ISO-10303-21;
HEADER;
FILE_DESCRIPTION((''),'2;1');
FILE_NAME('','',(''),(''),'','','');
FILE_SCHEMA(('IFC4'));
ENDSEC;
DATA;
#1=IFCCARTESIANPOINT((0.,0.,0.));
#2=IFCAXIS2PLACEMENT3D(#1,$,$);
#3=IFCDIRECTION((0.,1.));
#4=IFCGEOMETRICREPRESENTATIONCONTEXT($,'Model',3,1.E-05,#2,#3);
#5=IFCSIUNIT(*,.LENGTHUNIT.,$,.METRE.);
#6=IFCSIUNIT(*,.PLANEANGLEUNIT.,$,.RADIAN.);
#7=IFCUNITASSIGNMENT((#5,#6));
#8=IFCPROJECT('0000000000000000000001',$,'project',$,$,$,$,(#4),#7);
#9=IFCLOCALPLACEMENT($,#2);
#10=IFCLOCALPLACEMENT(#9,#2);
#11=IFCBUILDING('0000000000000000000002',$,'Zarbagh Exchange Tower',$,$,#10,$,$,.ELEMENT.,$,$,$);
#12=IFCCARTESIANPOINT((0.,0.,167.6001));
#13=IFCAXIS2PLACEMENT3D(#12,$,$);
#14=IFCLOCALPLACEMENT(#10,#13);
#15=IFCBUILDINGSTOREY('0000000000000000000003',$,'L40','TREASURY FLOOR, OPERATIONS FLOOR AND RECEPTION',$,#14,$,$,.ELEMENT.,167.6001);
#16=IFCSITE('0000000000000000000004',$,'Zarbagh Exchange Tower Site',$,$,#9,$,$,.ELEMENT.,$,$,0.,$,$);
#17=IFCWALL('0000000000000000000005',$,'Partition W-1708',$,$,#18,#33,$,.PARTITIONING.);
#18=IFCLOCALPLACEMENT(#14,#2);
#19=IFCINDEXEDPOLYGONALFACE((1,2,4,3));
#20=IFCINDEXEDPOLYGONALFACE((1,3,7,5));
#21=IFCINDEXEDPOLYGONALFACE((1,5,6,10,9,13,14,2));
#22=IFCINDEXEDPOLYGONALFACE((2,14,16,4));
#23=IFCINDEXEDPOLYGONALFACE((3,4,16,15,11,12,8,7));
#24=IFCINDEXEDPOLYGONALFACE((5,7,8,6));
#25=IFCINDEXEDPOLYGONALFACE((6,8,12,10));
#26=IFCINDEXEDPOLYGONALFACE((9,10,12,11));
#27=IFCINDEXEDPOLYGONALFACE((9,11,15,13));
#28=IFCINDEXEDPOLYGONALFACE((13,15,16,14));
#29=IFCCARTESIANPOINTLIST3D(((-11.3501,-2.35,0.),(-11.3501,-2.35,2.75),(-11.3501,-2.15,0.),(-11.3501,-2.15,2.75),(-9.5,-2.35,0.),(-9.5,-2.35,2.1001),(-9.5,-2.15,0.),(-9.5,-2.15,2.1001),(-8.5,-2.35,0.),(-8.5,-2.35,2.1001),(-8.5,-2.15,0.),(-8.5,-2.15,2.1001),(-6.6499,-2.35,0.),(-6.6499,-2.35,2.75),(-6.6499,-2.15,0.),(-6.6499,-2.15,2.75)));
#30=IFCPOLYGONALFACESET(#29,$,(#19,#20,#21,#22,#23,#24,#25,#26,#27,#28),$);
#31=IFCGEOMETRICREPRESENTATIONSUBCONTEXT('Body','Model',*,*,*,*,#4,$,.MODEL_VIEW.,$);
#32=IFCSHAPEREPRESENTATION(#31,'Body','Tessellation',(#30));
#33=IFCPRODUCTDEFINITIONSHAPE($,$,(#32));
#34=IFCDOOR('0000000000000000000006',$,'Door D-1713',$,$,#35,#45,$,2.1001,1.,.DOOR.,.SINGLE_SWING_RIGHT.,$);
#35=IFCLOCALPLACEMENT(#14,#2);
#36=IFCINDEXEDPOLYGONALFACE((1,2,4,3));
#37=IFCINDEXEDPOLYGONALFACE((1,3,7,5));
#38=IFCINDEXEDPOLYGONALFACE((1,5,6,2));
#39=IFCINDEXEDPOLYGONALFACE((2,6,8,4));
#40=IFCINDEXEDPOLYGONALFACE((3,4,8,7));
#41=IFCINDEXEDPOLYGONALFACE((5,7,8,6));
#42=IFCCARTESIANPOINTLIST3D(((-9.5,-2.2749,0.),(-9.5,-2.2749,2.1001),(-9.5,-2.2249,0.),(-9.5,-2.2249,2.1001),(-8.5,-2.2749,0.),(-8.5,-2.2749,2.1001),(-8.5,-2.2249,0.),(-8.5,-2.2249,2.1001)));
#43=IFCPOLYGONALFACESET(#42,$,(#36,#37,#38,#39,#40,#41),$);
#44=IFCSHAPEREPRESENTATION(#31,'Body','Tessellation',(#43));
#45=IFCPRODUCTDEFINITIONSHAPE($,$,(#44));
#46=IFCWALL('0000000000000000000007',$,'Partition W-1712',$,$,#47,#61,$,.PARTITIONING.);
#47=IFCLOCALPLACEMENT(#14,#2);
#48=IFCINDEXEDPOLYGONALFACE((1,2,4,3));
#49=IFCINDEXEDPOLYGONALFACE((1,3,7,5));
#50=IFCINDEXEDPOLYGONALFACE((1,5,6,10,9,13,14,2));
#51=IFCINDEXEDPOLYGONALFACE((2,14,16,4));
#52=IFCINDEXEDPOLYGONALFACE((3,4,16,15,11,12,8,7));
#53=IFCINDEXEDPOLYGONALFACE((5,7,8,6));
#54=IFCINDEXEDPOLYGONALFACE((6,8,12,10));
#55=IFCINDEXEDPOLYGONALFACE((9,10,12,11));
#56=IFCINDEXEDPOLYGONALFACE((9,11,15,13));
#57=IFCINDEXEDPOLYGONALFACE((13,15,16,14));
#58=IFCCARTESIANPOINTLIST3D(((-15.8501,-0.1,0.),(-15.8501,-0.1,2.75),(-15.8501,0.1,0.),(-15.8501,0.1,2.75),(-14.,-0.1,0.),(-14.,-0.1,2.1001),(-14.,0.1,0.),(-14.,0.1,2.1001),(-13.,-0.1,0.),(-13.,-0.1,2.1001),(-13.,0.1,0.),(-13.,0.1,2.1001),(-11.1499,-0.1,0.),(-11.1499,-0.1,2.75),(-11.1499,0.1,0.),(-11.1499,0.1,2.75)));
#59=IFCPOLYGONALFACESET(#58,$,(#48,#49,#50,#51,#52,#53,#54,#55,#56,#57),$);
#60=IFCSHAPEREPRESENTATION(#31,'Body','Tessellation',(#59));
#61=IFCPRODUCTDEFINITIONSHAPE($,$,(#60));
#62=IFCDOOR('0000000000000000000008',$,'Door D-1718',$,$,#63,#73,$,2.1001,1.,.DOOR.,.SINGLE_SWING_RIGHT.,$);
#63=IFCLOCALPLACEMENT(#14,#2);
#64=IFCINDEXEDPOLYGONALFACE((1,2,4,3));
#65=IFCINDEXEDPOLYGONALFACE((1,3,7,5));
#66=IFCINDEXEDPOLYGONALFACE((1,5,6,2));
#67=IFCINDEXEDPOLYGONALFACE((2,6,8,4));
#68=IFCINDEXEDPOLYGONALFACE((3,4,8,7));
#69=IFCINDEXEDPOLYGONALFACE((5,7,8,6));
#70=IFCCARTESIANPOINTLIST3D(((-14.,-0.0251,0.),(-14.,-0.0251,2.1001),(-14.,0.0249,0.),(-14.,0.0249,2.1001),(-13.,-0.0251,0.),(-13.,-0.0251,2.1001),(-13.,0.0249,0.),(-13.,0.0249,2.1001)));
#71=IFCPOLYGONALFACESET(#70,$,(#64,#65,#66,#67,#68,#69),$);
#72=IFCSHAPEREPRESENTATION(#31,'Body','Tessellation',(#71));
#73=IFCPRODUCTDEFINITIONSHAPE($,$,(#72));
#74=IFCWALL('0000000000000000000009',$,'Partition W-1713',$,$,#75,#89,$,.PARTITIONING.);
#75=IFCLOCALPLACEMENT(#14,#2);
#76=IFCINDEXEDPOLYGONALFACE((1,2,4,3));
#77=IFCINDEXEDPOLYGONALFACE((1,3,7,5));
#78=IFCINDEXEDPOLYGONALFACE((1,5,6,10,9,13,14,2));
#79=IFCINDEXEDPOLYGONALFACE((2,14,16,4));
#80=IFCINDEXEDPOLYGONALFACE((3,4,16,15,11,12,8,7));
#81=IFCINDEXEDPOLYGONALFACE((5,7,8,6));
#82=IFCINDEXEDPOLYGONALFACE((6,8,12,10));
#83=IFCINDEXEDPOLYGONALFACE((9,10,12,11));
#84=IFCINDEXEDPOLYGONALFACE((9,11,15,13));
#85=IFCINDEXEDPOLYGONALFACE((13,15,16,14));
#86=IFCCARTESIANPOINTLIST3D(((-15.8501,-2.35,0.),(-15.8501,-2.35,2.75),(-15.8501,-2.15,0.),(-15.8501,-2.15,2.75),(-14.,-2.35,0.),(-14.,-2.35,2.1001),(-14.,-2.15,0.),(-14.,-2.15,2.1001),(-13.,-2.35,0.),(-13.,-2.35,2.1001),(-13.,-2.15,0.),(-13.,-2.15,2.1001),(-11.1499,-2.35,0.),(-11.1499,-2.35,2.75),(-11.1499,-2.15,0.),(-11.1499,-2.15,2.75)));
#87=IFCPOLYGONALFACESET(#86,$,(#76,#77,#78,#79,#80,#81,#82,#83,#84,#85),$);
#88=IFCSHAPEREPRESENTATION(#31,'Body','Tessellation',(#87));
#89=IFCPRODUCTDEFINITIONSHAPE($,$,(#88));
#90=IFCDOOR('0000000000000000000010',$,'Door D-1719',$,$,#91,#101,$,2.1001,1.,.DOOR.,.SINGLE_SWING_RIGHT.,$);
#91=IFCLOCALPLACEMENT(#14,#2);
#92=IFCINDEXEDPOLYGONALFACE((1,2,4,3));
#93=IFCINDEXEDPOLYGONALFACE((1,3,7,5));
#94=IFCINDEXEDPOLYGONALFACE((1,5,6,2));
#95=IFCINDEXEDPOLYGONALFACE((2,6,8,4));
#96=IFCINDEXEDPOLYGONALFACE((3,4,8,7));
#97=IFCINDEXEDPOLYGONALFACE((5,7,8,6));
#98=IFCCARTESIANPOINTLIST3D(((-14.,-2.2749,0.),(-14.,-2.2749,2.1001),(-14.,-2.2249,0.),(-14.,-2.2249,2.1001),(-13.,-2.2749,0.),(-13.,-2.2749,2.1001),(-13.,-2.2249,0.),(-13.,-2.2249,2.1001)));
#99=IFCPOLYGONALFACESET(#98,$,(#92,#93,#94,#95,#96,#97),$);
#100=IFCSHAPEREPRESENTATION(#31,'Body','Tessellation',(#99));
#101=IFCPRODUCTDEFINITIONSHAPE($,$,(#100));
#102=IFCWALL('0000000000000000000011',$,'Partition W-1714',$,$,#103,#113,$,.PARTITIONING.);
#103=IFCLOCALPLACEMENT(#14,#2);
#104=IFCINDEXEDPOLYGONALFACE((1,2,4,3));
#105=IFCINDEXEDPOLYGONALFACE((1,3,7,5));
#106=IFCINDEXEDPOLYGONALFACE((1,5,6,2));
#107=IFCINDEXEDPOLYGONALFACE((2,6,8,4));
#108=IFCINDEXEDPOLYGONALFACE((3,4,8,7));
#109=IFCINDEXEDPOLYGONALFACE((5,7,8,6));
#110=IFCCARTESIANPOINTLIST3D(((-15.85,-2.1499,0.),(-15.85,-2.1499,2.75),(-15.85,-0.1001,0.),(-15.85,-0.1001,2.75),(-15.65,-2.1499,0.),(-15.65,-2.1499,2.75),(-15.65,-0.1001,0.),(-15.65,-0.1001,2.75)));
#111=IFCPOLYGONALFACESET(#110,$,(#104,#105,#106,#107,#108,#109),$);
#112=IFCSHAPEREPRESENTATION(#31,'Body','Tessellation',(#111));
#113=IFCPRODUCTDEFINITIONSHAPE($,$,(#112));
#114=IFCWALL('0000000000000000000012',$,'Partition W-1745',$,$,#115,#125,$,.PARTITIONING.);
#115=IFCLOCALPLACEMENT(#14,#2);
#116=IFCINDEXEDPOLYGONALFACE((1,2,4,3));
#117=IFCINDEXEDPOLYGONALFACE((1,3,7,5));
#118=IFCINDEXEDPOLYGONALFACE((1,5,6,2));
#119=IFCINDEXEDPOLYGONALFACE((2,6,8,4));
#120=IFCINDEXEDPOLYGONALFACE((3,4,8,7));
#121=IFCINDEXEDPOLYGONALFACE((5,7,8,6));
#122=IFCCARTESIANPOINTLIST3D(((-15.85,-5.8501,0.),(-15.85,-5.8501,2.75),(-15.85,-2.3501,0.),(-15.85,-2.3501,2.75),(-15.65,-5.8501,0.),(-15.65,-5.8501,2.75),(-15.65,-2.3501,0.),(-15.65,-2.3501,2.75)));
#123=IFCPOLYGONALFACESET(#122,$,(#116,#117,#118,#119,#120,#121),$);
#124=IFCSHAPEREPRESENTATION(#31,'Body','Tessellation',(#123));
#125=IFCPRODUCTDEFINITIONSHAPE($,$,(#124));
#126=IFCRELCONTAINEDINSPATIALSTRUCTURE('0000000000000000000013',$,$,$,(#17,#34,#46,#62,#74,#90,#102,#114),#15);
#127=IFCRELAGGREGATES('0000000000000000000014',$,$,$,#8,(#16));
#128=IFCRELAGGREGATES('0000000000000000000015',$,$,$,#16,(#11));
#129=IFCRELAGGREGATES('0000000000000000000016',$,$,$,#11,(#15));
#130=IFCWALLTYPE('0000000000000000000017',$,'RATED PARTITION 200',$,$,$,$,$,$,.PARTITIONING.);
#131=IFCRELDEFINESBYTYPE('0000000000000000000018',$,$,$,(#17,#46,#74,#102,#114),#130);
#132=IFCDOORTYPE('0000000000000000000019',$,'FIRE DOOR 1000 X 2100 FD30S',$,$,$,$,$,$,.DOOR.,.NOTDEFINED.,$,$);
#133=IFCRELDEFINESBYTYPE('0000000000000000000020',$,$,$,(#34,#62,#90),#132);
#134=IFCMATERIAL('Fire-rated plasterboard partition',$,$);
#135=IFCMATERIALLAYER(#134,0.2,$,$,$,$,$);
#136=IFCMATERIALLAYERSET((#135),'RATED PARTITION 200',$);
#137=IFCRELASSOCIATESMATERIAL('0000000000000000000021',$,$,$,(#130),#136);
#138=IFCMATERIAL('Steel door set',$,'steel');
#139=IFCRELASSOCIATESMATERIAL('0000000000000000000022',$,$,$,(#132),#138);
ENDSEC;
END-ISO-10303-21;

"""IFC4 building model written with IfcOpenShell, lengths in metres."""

from ifc_helpers import new_model, si_unit, direction, frame, frame_2d, origin, place, context, subcontext, project, spatial, rectangle, extrude, material, layer, layer_set, type_object, element, fill, save


model = new_model("IFC4")

# Units and contexts
model_context = context("Model", 3, precision=1e-05, world=origin(), true_north=direction((0.0, 1.0)))
body_context = subcontext(model_context, "Body", "Model", "MODEL_VIEW")
ifc_project = project(units=[si_unit("LENGTHUNIT", "METRE"), si_unit("PLANEANGLEUNIT", "RADIAN")], contexts=[model_context])

# Site, building, storey
site_placement = place(None, origin())
site = spatial("IfcSite", under=ifc_project, at=site_placement, Name="Zarbagh Exchange Tower Site", CompositionType="ELEMENT", RefElevation=0.0)
building_placement = place(site_placement, origin())
building = spatial("IfcBuilding", under=site, at=building_placement, Name="Zarbagh Exchange Tower", CompositionType="ELEMENT")
storey_placement = place(building_placement, frame((0.0, 0.0, 167.6001)))
storey = spatial("IfcBuildingStorey", under=building, at=storey_placement, Name="L40", Description="TREASURY FLOOR, OPERATIONS FLOOR AND RECEPTION", CompositionType="ELEMENT", Elevation=167.6001)

# Walls, openings, doors
ifc_material_1 = material(Name="Fire-rated plasterboard partition")
ifc_layer_1 = layer(ifc_material_1, 0.2)
ifc_layer_set_1 = layer_set([ifc_layer_1], Name="RATED PARTITION 200")
wall_type_1 = type_object("IfcWallType", Name="RATED PARTITION 200", PredefinedType="PARTITIONING", material=ifc_layer_set_1)
ifc_material_2 = material(Name="Steel door set", Category="steel")
door_type_1 = type_object("IfcDoorType", Name="FIRE DOOR 1000 X 2100 FD30S", OperationType="NOTDEFINED", PredefinedType="DOOR", material=ifc_material_2)
wall_1_placement = place(storey_placement, frame((-6.6499, -2.25, 0.0), z_axis=(0.0, 0.0, 1.0), x_axis=(-1.0, 0.0, 0.0)))
wall_1 = element("IfcWall", 1, at=wall_1_placement, inside=storey, type_object=wall_type_1, Name="Partition W-1708", PredefinedType="PARTITIONING", context=body_context, shape_type="SweptSolid", body=[
    extrude(rectangle(XDim=4.7002, YDim=0.2, at=frame_2d((2.3501, 0.0))), origin(), (0.0, 0.0, 1.0), 2.75),
])
opening_1_placement = place(wall_1_placement, frame((1.8501, 0.0, 0.0)))
opening_1 = element("IfcOpeningElement", 2, at=opening_1_placement, cuts=wall_1, PredefinedType="OPENING", context=body_context, shape_type="SweptSolid", body=[
    extrude(rectangle(XDim=1.0, YDim=2.1001, at=frame_2d((0.5, 1.05))), frame((0.0, 0.1099, 0.0), z_axis=(0.0, -1.0, 0.0), x_axis=(1.0, 0.0, 0.0)), (0.0, 0.0, 1.0), 0.22),
])
door_1_placement = place(opening_1_placement, origin())
door_1 = element("IfcDoor", 3, at=door_1_placement, inside=storey, type_object=door_type_1, Name="Door D-1713", OperationType="SINGLE_SWING_RIGHT", OverallHeight=2.1001, OverallWidth=1.0, PredefinedType="DOOR", context=body_context, shape_type="SweptSolid", body=[
    extrude(rectangle(XDim=1.0, YDim=2.1001, at=frame_2d((0.5, 1.05))), frame((0.0, 0.0249, 0.0), z_axis=(0.0, -1.0, 0.0), x_axis=(1.0, 0.0, 0.0)), (0.0, 0.0, 1.0), 0.05),
])
fill(opening_1, door_1)
wall_2_placement = place(storey_placement, frame((-15.8501, 0.0, 0.0), z_axis=(0.0, 0.0, 1.0), x_axis=(1.0, 0.0, 0.0)))
wall_2 = element("IfcWall", 4, at=wall_2_placement, inside=storey, type_object=wall_type_1, Name="Partition W-1712", PredefinedType="PARTITIONING", context=body_context, shape_type="SweptSolid", body=[
    extrude(rectangle(XDim=4.7002, YDim=0.2, at=frame_2d((2.3501, 0.0))), origin(), (0.0, 0.0, 1.0), 2.75),
])
opening_2_placement = place(wall_2_placement, frame((1.8501, 0.0, 0.0)))
opening_2 = element("IfcOpeningElement", 5, at=opening_2_placement, cuts=wall_2, PredefinedType="OPENING", context=body_context, shape_type="SweptSolid", body=[
    extrude(rectangle(XDim=1.0, YDim=2.1001, at=frame_2d((0.5, 1.05))), frame((0.0, 0.1099, 0.0), z_axis=(0.0, -1.0, 0.0), x_axis=(1.0, 0.0, 0.0)), (0.0, 0.0, 1.0), 0.22),
])
door_2_placement = place(opening_2_placement, origin())
door_2 = element("IfcDoor", 6, at=door_2_placement, inside=storey, type_object=door_type_1, Name="Door D-1718", OperationType="SINGLE_SWING_RIGHT", OverallHeight=2.1001, OverallWidth=1.0, PredefinedType="DOOR", context=body_context, shape_type="SweptSolid", body=[
    extrude(rectangle(XDim=1.0, YDim=2.1001, at=frame_2d((0.5, 1.05))), frame((0.0, 0.0249, 0.0), z_axis=(0.0, -1.0, 0.0), x_axis=(1.0, 0.0, 0.0)), (0.0, 0.0, 1.0), 0.05),
])
fill(opening_2, door_2)
wall_3_placement = place(storey_placement, frame((-11.1499, -2.25, 0.0), z_axis=(0.0, 0.0, 1.0), x_axis=(-1.0, 0.0, 0.0)))
wall_3 = element("IfcWall", 7, at=wall_3_placement, inside=storey, type_object=wall_type_1, Name="Partition W-1713", PredefinedType="PARTITIONING", context=body_context, shape_type="SweptSolid", body=[
    extrude(rectangle(XDim=4.7002, YDim=0.2, at=frame_2d((2.3501, 0.0))), origin(), (0.0, 0.0, 1.0), 2.75),
])
opening_3_placement = place(wall_3_placement, frame((1.8501, 0.0, 0.0)))
opening_3 = element("IfcOpeningElement", 8, at=opening_3_placement, cuts=wall_3, PredefinedType="OPENING", context=body_context, shape_type="SweptSolid", body=[
    extrude(rectangle(XDim=1.0, YDim=2.1001, at=frame_2d((0.5, 1.05))), frame((0.0, 0.1099, 0.0), z_axis=(0.0, -1.0, 0.0), x_axis=(1.0, 0.0, 0.0)), (0.0, 0.0, 1.0), 0.22),
])
door_3_placement = place(opening_3_placement, origin())
door_3 = element("IfcDoor", 9, at=door_3_placement, inside=storey, type_object=door_type_1, Name="Door D-1719", OperationType="SINGLE_SWING_RIGHT", OverallHeight=2.1001, OverallWidth=1.0, PredefinedType="DOOR", context=body_context, shape_type="SweptSolid", body=[
    extrude(rectangle(XDim=1.0, YDim=2.1001, at=frame_2d((0.5, 1.05))), frame((0.0, 0.0249, 0.0), z_axis=(0.0, -1.0, 0.0), x_axis=(1.0, 0.0, 0.0)), (0.0, 0.0, 1.0), 0.05),
])
fill(opening_3, door_3)

# Walls
wall_4_placement = place(storey_placement, frame((-15.75, -2.1499, 0.0), z_axis=(0.0, 0.0, 1.0), x_axis=(0.0, 1.0, 0.0)))
element("IfcWall", 10, at=wall_4_placement, inside=storey, type_object=wall_type_1, Name="Partition W-1714", PredefinedType="PARTITIONING", context=body_context, shape_type="SweptSolid", body=[
    extrude(rectangle(XDim=2.0498, YDim=0.2, at=frame_2d((1.0249, 0.0))), origin(), (0.0, 0.0, 1.0), 2.75),
])
wall_5_placement = place(storey_placement, frame((-15.75, -5.8501, 0.0), z_axis=(0.0, 0.0, 1.0), x_axis=(0.0, 1.0, 0.0)))
element("IfcWall", 11, at=wall_5_placement, inside=storey, type_object=wall_type_1, Name="Partition W-1745", PredefinedType="PARTITIONING", context=body_context, shape_type="SweptSolid", body=[
    extrude(rectangle(XDim=3.5, YDim=0.2, at=frame_2d((1.75, 0.0))), origin(), (0.0, 0.0, 1.0), 2.75),
])

save(model, "model.ifc")
